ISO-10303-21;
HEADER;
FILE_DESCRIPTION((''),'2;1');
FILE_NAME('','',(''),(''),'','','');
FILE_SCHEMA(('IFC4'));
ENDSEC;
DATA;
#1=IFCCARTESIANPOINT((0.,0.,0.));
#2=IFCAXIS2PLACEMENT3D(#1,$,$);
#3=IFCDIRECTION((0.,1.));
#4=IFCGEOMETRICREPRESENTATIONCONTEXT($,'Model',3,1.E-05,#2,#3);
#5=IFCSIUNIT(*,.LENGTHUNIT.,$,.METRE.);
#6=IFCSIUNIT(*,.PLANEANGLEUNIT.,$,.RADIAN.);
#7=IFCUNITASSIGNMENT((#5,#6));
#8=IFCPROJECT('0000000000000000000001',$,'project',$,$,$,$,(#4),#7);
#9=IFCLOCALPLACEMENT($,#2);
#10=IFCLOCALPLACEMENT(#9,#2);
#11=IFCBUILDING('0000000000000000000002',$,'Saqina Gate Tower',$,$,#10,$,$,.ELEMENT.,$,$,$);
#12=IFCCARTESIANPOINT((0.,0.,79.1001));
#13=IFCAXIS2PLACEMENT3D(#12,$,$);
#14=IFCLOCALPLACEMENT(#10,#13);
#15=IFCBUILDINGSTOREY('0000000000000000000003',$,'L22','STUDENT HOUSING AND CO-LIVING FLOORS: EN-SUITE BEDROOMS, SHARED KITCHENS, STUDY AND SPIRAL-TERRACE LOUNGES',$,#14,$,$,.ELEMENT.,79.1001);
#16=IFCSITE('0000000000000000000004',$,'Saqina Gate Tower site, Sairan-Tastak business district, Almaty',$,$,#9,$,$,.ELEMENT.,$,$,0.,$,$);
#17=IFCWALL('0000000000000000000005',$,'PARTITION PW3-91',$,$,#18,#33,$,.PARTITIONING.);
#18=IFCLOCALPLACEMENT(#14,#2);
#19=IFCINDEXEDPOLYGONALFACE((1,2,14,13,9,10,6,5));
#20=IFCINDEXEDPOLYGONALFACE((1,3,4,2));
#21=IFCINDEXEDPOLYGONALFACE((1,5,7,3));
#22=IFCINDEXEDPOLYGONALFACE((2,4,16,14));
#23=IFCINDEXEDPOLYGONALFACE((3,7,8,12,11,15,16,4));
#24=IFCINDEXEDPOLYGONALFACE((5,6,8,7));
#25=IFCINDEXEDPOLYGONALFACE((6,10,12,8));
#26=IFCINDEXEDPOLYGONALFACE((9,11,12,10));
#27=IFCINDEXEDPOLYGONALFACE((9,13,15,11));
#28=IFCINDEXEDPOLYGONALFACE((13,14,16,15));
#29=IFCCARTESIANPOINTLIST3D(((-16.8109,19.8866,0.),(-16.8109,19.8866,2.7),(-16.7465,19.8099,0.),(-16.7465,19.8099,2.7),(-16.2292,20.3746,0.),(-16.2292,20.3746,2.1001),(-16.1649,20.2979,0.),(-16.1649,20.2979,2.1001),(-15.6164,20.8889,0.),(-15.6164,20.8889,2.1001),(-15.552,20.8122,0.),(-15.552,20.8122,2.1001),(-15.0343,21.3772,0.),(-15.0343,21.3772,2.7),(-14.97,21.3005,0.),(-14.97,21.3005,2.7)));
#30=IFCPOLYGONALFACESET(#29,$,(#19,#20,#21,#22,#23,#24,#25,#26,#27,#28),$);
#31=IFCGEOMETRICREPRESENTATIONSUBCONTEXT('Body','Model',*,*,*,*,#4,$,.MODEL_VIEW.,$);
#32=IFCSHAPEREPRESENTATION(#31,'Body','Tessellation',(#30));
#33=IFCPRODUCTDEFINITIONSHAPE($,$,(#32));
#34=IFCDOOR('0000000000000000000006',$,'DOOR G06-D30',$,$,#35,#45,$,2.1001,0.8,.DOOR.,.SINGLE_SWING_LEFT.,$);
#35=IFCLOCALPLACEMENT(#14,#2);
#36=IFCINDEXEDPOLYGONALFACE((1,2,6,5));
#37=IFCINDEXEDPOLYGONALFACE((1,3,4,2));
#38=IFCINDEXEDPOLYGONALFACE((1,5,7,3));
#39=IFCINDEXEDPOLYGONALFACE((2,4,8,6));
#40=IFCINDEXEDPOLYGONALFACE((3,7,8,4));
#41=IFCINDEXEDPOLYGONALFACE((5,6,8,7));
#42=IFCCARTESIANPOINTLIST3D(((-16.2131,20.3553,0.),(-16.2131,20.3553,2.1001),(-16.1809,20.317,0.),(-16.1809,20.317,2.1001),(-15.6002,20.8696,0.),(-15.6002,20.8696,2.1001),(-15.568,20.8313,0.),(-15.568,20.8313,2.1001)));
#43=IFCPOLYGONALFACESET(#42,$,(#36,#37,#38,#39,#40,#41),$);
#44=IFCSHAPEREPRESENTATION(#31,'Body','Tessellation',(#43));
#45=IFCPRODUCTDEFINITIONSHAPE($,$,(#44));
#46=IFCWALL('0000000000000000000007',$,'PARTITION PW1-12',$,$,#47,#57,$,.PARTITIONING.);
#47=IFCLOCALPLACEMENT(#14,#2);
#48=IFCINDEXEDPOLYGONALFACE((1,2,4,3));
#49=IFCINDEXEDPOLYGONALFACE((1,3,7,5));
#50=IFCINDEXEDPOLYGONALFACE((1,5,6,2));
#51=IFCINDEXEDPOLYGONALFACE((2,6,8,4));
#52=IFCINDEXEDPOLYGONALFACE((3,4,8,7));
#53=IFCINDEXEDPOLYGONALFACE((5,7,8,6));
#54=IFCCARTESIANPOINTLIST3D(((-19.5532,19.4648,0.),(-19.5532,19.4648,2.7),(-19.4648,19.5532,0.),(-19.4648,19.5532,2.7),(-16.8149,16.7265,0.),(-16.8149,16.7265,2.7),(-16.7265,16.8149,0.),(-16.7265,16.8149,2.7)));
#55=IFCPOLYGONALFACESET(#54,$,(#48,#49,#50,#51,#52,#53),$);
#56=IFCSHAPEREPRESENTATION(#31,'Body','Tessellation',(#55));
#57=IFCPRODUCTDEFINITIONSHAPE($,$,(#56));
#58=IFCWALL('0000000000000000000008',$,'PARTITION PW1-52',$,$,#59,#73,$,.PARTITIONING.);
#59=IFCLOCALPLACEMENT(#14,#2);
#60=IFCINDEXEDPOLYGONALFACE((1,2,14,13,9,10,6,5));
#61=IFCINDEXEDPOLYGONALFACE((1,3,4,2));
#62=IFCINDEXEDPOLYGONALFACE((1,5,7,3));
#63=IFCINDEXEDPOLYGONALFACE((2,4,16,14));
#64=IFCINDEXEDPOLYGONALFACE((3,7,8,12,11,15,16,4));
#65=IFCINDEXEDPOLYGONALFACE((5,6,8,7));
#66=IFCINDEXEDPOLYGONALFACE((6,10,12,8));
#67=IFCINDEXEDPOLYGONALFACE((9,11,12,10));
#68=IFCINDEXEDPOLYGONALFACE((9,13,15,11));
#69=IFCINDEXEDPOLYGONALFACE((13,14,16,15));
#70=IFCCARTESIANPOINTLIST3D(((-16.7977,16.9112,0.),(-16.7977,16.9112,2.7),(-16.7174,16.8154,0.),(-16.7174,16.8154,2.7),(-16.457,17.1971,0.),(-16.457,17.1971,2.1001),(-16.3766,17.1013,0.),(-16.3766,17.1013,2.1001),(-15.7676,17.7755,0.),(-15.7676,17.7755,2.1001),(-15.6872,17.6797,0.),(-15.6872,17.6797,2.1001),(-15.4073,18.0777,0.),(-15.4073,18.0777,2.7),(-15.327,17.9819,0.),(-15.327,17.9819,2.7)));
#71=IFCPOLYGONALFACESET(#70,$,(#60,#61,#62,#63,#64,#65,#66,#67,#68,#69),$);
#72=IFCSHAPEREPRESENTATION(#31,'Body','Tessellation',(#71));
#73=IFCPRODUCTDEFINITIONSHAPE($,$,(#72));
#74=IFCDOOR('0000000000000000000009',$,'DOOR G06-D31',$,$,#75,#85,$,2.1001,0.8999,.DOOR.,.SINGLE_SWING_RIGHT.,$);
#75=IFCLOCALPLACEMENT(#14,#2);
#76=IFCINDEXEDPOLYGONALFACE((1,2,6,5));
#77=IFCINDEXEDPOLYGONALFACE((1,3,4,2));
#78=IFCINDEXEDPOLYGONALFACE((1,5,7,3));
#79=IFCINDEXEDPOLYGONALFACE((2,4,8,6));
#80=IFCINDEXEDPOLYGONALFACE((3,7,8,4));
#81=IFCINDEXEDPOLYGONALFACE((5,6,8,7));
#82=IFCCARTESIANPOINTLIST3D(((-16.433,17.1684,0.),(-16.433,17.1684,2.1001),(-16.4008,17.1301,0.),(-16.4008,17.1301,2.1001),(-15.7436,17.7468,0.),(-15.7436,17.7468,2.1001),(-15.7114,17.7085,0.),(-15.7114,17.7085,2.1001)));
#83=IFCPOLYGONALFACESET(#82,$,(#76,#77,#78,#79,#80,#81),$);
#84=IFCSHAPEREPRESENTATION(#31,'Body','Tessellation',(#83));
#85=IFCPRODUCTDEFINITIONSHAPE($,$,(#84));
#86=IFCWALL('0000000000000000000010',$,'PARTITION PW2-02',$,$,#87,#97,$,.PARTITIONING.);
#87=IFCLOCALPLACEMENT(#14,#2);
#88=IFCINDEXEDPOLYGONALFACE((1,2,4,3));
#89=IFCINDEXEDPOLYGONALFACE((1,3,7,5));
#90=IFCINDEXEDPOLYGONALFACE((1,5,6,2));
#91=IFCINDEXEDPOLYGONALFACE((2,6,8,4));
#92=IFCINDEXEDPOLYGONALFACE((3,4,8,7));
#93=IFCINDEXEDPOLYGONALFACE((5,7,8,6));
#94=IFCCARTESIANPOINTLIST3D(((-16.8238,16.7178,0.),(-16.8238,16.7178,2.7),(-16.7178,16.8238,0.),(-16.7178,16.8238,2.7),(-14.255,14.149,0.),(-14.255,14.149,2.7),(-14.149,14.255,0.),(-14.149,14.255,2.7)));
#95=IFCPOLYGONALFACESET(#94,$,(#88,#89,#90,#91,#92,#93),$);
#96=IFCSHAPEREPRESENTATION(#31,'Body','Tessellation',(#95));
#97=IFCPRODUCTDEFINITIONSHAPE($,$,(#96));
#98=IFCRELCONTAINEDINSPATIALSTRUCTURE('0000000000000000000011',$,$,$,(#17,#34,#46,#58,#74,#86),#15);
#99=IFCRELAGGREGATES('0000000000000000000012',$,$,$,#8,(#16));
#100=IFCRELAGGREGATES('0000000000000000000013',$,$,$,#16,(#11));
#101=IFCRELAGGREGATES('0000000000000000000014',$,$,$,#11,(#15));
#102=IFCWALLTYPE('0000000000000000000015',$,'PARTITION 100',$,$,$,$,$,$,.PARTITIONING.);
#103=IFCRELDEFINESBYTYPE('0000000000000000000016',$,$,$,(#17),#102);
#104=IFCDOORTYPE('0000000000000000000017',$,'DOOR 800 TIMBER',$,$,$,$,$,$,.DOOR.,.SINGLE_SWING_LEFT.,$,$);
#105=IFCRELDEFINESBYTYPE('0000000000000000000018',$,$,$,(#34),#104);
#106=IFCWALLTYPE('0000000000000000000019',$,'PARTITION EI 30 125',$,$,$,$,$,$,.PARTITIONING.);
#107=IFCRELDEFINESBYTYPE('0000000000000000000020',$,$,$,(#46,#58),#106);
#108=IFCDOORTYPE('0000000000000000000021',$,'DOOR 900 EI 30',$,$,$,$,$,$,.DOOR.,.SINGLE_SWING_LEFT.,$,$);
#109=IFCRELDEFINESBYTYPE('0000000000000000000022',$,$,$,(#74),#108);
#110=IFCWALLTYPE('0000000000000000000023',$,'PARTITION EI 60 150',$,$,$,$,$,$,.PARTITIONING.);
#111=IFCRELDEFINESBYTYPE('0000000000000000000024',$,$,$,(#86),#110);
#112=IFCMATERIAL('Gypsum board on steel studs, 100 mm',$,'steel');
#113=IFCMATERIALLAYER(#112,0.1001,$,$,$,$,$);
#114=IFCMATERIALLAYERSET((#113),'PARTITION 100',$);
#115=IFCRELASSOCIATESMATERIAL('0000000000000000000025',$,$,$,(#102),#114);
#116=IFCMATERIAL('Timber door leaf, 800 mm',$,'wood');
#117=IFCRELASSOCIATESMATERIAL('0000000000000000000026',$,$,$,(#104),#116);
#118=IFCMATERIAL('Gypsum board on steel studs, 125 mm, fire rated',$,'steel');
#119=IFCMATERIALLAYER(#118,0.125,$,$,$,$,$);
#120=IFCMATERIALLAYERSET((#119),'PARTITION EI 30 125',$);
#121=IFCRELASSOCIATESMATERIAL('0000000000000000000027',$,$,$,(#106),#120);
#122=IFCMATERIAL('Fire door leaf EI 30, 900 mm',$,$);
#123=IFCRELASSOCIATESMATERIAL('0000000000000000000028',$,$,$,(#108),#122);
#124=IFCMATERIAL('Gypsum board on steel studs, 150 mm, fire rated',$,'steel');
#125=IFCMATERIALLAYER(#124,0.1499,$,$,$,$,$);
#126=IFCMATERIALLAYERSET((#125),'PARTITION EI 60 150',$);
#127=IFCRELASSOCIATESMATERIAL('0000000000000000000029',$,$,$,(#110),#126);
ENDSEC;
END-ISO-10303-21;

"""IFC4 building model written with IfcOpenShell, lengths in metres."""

from ifc_helpers import new_model, si_unit, direction, frame, frame_2d, origin, place, context, subcontext, project, spatial, rectangle, extrude, material, layer, layer_set, type_object, element, fill, save


model = new_model("IFC4")

# Units and contexts
model_context = context("Model", 3, precision=1e-05, world=origin(), true_north=direction((0.0, 1.0)))
body_context = subcontext(model_context, "Body", "Model", "MODEL_VIEW")
ifc_project = project(units=[si_unit("LENGTHUNIT", "METRE"), si_unit("PLANEANGLEUNIT", "RADIAN")], contexts=[model_context])

# Site, building, storey
site_placement = place(None, origin())
site = spatial("IfcSite", under=ifc_project, at=site_placement, Name="Saqina Gate Tower site, Sairan-Tastak business district, Almaty", CompositionType="ELEMENT", RefElevation=0.0)
building_placement = place(site_placement, origin())
building = spatial("IfcBuilding", under=site, at=building_placement, Name="Saqina Gate Tower", CompositionType="ELEMENT")
storey_placement = place(building_placement, frame((0.0, 0.0, 79.1001)))
storey = spatial("IfcBuildingStorey", under=building, at=storey_placement, Name="L22", Description="STUDENT HOUSING AND CO-LIVING FLOORS: EN-SUITE BEDROOMS, SHARED KITCHENS, STUDY AND SPIRAL-TERRACE LOUNGES", CompositionType="ELEMENT", Elevation=79.1001)

# Shared definitions
ifc_material_1 = material(Name="Gypsum board on steel studs, 100 mm", Category="steel")
ifc_layer_1 = layer(ifc_material_1, 0.1001)
ifc_layer_set_1 = layer_set([ifc_layer_1], Name="PARTITION 100")
wall_type_1 = type_object("IfcWallType", Name="PARTITION 100", PredefinedType="PARTITIONING", material=ifc_layer_set_1)

# Wall, opening, door
wall_1_placement = place(storey_placement, frame((-16.7788, 19.8481, 0.0), z_axis=(0.0, 0.0, 1.0), x_axis=(0.766051, 0.64278, 0.0)))
wall_1 = element("IfcWall", 1, at=wall_1_placement, inside=storey, type_object=wall_type_1, Name="PARTITION PW3-91", PredefinedType="PARTITIONING", context=body_context, shape_type="SweptSolid", body=[
    extrude(rectangle(XDim=2.3191, YDim=0.1001, at=frame_2d((1.1597, 0.0))), origin(), (0.0, 0.0, 1.0), 2.7),
])
opening_1_placement = place(wall_1_placement, frame((0.7595, 0.0, 0.0)))
opening_1 = element("IfcOpeningElement", 2, at=opening_1_placement, cuts=wall_1, PredefinedType="OPENING", context=body_context, shape_type="SweptSolid", body=[
    extrude(rectangle(XDim=0.8, YDim=2.1001, at=frame_2d((0.3999, 1.05))), frame((0.0, 0.062, 0.0), z_axis=(0.0, -1.0, 0.0), x_axis=(1.0, 0.0, 0.0)), (0.0, 0.0, 1.0), 0.124),
])
ifc_material_2 = material(Name="Timber door leaf, 800 mm", Category="wood")
door_type_1 = type_object("IfcDoorType", Name="DOOR 800 TIMBER", OperationType="SINGLE_SWING_LEFT", PredefinedType="DOOR", material=ifc_material_2)
door_1_placement = place(opening_1_placement, origin())
door_1 = element("IfcDoor", 3, at=door_1_placement, inside=storey, type_object=door_type_1, Name="DOOR G06-D30", OperationType="SINGLE_SWING_LEFT", OverallHeight=2.1001, OverallWidth=0.8, PredefinedType="DOOR", context=body_context, shape_type="SweptSolid", body=[
    extrude(rectangle(XDim=0.8, YDim=2.1001, at=frame_2d((0.3999, 1.05))), frame((0.0, 0.0249, 0.0), z_axis=(0.0, -1.0, 0.0), x_axis=(1.0, 0.0, 0.0)), (0.0, 0.0, 1.0), 0.05),
])
fill(opening_1, door_1)

# Wall
ifc_material_3 = material(Name="Gypsum board on steel studs, 125 mm, fire rated", Category="steel")
ifc_layer_2 = layer(ifc_material_3, 0.125)
ifc_layer_set_2 = layer_set([ifc_layer_2], Name="PARTITION EI 30 125")
wall_type_2 = type_object("IfcWallType", Name="PARTITION EI 30 125", PredefinedType="PARTITIONING", material=ifc_layer_set_2)
wall_2_placement = place(storey_placement, frame((-19.509, 19.509, 0.0), z_axis=(0.0, 0.0, 1.0), x_axis=(0.707107, -0.707107, 0.0)))
element("IfcWall", 4, at=wall_2_placement, inside=storey, type_object=wall_type_2, Name="PARTITION PW1-12", PredefinedType="PARTITIONING", context=body_context, shape_type="SweptSolid", body=[
    extrude(rectangle(XDim=3.8726, YDim=0.125, at=frame_2d((1.9363, 0.0))), origin(), (0.0, 0.0, 1.0), 2.7),
])

# Wall, opening, door
wall_3_placement = place(storey_placement, frame((-16.7576, 16.8633, 0.0), z_axis=(0.0, 0.0, 1.0), x_axis=(0.766089, 0.642735, 0.0)))
wall_3 = element("IfcWall", 5, at=wall_3_placement, inside=storey, type_object=wall_type_2, Name="PARTITION PW1-52", PredefinedType="PARTITIONING", context=body_context, shape_type="SweptSolid", body=[
    extrude(rectangle(XDim=1.8149, YDim=0.125, at=frame_2d((0.9075, 0.0))), origin(), (0.0, 0.0, 1.0), 2.7),
])
opening_2_placement = place(wall_3_placement, frame((0.4448, 0.0, 0.0)))
opening_2 = element("IfcOpeningElement", 6, at=opening_2_placement, cuts=wall_3, PredefinedType="OPENING", context=body_context, shape_type="SweptSolid", body=[
    extrude(rectangle(XDim=0.8999, YDim=2.1001, at=frame_2d((0.45, 1.05))), frame((0.0, 0.0745, 0.0), z_axis=(0.0, -1.0, 0.0), x_axis=(1.0, 0.0, 0.0)), (0.0, 0.0, 1.0), 0.1489),
])
ifc_material_4 = material(Name="Fire door leaf EI 30, 900 mm")
door_type_2 = type_object("IfcDoorType", Name="DOOR 900 EI 30", OperationType="SINGLE_SWING_LEFT", PredefinedType="DOOR", material=ifc_material_4)
door_2_placement = place(opening_2_placement, frame((0.8999, 0.0, 0.0), z_axis=(0.0, 0.0, 1.0), x_axis=(-1.0, 0.0, 0.0)))
door_2 = element("IfcDoor", 7, at=door_2_placement, inside=storey, type_object=door_type_2, Name="DOOR G06-D31", OperationType="SINGLE_SWING_RIGHT", OverallHeight=2.1001, OverallWidth=0.8999, PredefinedType="DOOR", context=body_context, shape_type="SweptSolid", body=[
    extrude(rectangle(XDim=0.8999, YDim=2.1001, at=frame_2d((0.45, 1.05))), frame((0.0, 0.0249, 0.0), z_axis=(0.0, -1.0, 0.0), x_axis=(1.0, 0.0, 0.0)), (0.0, 0.0, 1.0), 0.05),
])
fill(opening_2, door_2)

# Wall
ifc_material_5 = material(Name="Gypsum board on steel studs, 150 mm, fire rated", Category="steel")
ifc_layer_3 = layer(ifc_material_5, 0.1499)
ifc_layer_set_3 = layer_set([ifc_layer_3], Name="PARTITION EI 60 150")
wall_type_3 = type_object("IfcWallType", Name="PARTITION EI 60 150", PredefinedType="PARTITIONING", material=ifc_layer_set_3)
wall_4_placement = place(storey_placement, frame((-16.7708, 16.7708, 0.0), z_axis=(0.0, 0.0, 1.0), x_axis=(0.707107, -0.707107, 0.0)))
element("IfcWall", 8, at=wall_4_placement, inside=storey, type_object=wall_type_3, Name="PARTITION PW2-02", PredefinedType="PARTITIONING", context=body_context, shape_type="SweptSolid", body=[
    extrude(rectangle(XDim=3.6328, YDim=0.1499, at=frame_2d((1.8164, 0.0))), origin(), (0.0, 0.0, 1.0), 2.7),
])

save(model, "model.ifc")
